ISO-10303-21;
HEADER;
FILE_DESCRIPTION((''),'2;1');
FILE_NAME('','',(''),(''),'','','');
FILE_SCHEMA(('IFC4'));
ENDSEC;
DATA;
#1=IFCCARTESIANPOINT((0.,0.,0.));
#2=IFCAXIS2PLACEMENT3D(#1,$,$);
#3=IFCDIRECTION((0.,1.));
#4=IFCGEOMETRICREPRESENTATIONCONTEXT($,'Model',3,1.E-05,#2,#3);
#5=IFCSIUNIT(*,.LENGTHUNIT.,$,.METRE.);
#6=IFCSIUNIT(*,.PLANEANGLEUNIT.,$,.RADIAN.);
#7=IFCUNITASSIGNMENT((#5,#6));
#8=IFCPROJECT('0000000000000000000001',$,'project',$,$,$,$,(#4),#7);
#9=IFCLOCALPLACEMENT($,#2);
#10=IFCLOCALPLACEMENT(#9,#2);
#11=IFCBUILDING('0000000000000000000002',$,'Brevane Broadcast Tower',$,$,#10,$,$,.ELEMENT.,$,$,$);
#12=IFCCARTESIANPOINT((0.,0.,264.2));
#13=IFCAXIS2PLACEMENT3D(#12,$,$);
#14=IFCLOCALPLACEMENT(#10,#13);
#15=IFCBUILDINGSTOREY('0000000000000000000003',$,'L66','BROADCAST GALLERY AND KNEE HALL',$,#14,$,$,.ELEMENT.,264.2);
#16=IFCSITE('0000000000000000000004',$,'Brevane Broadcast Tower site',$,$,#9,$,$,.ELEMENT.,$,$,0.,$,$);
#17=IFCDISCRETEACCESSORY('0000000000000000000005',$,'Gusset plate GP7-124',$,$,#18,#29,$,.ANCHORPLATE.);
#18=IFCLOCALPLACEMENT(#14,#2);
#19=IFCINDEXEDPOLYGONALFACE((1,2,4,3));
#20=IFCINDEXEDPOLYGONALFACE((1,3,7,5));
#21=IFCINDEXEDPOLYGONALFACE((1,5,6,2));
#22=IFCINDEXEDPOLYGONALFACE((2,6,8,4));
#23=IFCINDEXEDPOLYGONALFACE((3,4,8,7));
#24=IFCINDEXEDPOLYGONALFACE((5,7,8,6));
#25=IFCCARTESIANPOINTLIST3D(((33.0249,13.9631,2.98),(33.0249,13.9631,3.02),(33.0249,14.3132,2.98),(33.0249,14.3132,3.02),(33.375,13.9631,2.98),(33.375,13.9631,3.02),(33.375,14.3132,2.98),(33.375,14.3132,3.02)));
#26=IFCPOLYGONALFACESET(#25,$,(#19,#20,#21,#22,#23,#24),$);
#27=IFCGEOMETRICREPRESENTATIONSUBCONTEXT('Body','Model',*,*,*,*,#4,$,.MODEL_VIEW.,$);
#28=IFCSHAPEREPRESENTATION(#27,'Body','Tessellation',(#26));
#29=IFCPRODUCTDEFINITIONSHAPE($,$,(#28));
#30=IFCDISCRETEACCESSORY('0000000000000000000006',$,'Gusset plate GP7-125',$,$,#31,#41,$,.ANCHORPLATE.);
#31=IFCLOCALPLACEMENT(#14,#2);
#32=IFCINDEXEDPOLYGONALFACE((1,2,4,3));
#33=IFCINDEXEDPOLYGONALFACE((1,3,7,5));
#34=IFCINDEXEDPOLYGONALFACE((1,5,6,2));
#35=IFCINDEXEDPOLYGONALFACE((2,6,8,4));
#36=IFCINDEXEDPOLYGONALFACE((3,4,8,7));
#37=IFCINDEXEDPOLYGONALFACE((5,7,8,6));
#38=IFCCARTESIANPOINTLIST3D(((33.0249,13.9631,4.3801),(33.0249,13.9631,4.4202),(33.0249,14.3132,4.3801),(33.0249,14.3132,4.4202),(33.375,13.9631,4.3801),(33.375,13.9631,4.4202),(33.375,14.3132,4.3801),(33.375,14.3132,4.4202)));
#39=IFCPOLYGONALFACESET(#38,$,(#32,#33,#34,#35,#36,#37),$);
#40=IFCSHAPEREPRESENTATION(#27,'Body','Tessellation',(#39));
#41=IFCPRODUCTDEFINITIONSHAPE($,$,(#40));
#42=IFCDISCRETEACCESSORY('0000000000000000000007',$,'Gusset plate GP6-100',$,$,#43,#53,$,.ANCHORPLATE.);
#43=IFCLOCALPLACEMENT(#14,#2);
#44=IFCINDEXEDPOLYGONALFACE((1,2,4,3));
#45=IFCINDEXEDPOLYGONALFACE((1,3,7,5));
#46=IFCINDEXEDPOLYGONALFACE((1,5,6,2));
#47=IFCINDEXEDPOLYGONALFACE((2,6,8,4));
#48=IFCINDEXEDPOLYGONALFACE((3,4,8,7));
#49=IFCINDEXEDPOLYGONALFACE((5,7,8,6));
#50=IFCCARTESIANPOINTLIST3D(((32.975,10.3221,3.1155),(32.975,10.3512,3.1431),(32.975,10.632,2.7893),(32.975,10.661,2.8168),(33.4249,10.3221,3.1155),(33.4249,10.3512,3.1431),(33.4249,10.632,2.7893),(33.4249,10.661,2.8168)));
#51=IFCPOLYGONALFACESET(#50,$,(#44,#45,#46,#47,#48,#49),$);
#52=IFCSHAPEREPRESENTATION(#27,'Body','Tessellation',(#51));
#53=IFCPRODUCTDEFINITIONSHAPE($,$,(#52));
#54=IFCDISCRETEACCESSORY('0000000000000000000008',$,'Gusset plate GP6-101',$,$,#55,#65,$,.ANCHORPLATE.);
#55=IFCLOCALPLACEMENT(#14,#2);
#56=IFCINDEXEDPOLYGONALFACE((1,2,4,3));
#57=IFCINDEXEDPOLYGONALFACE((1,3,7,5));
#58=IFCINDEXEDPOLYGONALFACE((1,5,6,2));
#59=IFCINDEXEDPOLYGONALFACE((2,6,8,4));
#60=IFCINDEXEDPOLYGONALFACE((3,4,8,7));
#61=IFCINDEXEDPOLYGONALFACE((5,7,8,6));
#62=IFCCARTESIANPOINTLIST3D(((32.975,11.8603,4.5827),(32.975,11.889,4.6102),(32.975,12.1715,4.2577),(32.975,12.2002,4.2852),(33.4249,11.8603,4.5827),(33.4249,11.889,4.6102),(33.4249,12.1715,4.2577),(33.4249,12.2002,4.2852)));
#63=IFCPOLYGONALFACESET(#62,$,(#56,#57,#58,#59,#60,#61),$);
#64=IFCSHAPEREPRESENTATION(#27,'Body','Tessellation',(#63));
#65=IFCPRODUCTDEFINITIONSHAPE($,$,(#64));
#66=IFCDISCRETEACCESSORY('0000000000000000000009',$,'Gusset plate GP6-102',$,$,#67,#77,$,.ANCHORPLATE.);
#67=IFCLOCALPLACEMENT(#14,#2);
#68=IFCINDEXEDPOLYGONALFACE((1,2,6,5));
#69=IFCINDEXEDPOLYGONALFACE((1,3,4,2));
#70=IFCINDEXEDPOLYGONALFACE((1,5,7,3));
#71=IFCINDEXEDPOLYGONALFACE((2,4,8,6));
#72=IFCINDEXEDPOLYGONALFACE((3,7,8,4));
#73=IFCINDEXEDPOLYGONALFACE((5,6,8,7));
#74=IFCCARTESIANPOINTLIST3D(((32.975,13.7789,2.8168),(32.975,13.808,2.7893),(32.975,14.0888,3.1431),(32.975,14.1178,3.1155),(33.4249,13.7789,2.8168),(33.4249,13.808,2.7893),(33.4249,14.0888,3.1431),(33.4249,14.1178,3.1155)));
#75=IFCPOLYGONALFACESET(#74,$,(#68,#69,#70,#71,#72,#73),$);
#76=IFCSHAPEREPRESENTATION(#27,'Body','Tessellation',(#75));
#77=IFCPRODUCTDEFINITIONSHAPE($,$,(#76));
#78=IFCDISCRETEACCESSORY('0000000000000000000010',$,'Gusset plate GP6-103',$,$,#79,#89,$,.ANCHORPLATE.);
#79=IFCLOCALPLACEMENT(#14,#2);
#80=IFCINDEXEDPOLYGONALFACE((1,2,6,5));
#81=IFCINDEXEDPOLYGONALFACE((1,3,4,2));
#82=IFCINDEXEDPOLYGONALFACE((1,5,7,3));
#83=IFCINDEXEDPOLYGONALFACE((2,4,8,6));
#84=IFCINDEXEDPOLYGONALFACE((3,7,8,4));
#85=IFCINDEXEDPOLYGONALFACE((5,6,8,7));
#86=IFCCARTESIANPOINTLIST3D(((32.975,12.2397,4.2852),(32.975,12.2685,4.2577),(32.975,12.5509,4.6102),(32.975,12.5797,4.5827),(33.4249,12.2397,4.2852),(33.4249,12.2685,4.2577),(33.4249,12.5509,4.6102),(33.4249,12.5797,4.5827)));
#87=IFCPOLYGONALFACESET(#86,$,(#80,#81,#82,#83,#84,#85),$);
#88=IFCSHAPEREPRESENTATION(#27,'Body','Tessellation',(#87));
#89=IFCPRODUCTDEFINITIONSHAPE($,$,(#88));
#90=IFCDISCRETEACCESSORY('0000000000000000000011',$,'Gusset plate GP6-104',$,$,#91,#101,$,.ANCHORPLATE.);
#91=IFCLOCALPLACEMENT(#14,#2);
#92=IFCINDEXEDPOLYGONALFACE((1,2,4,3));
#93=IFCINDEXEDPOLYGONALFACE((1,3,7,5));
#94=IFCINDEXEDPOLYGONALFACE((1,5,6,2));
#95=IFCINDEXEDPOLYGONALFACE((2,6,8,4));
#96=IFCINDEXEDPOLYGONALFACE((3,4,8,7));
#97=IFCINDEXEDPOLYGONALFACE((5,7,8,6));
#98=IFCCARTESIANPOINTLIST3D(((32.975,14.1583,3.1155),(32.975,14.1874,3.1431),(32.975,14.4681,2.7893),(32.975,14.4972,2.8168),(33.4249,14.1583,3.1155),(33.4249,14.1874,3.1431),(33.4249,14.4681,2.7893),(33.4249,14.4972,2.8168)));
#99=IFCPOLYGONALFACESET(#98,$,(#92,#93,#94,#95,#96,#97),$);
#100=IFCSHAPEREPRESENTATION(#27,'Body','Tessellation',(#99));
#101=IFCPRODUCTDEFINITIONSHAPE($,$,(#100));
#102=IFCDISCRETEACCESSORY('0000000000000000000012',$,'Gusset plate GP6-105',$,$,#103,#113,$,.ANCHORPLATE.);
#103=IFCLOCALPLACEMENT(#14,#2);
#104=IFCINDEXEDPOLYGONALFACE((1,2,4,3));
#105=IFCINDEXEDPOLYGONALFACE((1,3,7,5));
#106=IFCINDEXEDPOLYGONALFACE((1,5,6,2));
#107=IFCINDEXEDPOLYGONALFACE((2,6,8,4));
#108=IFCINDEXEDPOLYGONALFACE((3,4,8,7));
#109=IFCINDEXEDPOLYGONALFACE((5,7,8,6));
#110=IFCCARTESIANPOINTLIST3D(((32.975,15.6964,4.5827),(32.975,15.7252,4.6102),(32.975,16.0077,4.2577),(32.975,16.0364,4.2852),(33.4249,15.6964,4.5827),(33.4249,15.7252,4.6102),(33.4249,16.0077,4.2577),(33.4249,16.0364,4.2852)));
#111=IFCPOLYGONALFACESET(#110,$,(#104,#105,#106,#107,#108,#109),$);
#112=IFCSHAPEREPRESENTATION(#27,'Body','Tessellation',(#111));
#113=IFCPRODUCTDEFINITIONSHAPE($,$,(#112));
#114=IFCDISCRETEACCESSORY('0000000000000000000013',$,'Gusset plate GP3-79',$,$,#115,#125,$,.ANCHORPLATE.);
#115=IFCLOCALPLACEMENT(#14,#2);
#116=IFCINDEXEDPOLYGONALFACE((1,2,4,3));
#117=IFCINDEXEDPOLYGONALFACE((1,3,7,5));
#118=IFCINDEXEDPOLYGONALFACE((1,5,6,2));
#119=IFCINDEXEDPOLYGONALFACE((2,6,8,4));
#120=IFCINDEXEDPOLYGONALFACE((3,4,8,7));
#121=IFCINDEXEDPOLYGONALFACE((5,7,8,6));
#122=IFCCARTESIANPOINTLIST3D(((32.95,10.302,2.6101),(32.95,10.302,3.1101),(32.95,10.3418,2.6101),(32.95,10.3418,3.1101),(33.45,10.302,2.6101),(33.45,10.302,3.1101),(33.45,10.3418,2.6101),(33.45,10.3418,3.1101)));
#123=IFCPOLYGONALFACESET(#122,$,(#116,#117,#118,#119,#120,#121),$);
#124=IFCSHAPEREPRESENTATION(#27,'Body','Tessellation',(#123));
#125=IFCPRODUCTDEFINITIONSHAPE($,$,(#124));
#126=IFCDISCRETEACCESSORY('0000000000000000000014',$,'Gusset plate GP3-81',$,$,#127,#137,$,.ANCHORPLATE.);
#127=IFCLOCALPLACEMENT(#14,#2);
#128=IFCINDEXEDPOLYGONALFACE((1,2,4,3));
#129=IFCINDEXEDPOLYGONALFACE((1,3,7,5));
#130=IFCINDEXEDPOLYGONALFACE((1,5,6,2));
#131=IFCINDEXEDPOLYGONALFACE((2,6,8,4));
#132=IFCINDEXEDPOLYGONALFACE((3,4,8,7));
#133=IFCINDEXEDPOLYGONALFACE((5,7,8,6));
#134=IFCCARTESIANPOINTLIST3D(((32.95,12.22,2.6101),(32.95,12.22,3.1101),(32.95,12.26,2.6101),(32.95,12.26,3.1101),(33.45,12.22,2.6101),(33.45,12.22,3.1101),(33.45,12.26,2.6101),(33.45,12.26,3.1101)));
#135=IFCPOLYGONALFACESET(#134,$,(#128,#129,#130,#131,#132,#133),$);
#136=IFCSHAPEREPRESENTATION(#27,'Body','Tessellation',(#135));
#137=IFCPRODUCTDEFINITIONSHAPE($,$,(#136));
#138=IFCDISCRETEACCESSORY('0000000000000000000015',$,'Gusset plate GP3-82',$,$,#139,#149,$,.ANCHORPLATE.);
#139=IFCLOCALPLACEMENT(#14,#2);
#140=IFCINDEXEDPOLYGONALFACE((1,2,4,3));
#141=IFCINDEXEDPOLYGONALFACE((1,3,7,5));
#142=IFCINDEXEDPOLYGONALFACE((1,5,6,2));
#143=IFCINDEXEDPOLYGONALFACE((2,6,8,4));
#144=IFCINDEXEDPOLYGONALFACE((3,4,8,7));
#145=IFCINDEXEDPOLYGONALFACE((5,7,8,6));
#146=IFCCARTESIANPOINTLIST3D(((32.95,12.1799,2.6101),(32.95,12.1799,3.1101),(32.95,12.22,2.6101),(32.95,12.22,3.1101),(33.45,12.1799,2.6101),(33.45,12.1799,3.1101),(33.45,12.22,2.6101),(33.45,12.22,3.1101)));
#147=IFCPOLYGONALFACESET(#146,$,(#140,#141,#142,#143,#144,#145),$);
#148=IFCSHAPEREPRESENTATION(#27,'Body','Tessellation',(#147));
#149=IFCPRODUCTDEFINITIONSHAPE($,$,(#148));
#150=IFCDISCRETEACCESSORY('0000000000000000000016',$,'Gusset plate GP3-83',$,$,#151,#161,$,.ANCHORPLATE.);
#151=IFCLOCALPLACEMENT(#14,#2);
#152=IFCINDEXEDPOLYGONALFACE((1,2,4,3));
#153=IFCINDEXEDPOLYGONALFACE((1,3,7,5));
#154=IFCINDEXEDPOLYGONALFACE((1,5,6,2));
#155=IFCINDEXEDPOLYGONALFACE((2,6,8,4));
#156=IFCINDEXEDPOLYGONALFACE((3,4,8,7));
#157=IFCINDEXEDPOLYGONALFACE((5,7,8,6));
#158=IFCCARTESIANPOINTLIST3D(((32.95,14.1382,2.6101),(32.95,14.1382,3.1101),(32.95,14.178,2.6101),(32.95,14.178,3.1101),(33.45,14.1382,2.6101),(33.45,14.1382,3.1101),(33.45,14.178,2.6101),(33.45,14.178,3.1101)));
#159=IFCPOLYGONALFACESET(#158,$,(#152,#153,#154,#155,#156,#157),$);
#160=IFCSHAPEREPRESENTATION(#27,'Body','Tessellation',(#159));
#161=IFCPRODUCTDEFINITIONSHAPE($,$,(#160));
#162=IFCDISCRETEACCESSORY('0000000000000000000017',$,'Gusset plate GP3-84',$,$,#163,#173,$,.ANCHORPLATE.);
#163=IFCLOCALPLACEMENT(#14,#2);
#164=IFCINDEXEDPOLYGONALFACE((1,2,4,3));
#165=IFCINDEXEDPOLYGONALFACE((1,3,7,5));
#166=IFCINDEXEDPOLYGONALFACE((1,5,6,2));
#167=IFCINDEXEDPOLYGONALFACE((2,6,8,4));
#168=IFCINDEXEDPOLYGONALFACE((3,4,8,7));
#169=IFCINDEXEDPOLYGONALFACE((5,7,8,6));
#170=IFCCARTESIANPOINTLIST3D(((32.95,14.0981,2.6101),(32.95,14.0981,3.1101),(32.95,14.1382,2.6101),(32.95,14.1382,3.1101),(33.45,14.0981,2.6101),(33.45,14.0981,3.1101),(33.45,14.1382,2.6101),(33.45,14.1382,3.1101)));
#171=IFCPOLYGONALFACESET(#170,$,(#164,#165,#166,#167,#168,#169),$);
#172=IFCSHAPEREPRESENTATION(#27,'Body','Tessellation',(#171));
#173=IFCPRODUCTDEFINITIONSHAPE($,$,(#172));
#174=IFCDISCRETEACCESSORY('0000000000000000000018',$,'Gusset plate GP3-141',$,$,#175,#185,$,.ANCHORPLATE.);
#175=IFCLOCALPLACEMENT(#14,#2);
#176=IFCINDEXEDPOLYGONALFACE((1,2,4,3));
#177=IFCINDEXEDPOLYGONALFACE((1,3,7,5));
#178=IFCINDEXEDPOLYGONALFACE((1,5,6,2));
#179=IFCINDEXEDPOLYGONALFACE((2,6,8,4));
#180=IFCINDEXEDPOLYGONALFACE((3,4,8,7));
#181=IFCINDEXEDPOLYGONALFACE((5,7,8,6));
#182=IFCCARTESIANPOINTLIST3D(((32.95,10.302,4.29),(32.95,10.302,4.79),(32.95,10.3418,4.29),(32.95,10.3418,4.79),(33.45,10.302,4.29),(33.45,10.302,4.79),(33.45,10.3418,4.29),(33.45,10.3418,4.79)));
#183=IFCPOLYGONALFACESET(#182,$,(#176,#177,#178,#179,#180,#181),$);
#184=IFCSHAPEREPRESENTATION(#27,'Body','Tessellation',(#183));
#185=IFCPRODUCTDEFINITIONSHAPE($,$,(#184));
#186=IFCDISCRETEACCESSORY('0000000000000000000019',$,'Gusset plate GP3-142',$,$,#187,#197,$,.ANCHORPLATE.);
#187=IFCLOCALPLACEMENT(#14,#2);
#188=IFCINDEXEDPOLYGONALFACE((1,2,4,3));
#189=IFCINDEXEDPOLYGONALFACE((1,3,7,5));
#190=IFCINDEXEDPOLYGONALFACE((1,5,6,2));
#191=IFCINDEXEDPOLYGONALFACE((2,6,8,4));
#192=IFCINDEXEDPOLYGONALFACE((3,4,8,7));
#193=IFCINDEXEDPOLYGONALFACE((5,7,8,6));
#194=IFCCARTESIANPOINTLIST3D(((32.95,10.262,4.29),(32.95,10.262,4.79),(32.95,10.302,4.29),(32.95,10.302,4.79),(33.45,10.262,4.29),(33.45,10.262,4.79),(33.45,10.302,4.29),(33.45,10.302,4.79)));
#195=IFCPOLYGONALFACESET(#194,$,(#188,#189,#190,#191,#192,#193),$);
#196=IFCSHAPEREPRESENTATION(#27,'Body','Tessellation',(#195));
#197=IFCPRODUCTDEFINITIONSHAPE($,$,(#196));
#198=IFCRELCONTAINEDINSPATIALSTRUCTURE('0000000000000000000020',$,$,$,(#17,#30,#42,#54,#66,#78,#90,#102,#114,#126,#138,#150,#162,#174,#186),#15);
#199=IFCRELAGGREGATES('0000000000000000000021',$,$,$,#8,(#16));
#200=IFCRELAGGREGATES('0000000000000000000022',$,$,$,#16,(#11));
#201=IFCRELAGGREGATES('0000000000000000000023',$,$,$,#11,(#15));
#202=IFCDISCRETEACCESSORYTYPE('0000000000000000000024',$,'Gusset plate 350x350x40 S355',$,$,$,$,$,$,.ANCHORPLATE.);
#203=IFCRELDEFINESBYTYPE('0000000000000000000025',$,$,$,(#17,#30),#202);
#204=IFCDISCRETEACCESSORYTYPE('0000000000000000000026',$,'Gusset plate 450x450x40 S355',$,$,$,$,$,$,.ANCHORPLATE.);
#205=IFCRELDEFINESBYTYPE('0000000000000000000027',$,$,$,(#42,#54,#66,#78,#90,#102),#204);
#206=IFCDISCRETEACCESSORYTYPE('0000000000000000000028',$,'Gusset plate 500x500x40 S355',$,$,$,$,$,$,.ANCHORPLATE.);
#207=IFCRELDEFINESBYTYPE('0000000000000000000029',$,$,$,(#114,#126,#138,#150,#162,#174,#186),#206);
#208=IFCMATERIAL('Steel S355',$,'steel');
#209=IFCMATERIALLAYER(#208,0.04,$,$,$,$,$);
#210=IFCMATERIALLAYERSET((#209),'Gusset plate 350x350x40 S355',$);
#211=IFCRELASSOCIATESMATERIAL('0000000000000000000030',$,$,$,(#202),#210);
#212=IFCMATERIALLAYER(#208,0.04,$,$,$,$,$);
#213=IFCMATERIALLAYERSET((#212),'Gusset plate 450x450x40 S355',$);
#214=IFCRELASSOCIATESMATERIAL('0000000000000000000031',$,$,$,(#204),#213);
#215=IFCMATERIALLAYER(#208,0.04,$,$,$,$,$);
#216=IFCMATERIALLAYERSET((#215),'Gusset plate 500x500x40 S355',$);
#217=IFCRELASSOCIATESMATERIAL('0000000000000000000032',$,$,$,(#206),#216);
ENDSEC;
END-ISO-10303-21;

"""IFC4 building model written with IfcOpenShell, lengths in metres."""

from ifc_helpers import new_model, si_unit, direction, frame, origin, origin_2d, place, context, subcontext, project, spatial, rectangle, extrude, material, layer, layer_set, type_object, element, save


model = new_model("IFC4")

# Units and contexts
model_context = context("Model", 3, precision=1e-05, world=origin(), true_north=direction((0.0, 1.0)))
body_context = subcontext(model_context, "Body", "Model", "MODEL_VIEW")
ifc_project = project(units=[si_unit("LENGTHUNIT", "METRE"), si_unit("PLANEANGLEUNIT", "RADIAN")], contexts=[model_context])

# Site, building, storey
site_placement = place(None, origin())
site = spatial("IfcSite", under=ifc_project, at=site_placement, Name="Brevane Broadcast Tower site", CompositionType="ELEMENT", RefElevation=0.0)
building_placement = place(site_placement, origin())
building = spatial("IfcBuilding", under=site, at=building_placement, Name="Brevane Broadcast Tower", CompositionType="ELEMENT")
storey_placement = place(building_placement, frame((0.0, 0.0, 264.2)))
storey = spatial("IfcBuildingStorey", under=building, at=storey_placement, Name="L66", Description="BROADCAST GALLERY AND KNEE HALL", CompositionType="ELEMENT", Elevation=264.2)

# Shared definitions
ifc_material = material(Name="Steel S355", Category="steel")

# Discrete accessories
ifc_layer_1 = layer(ifc_material, 0.04)
ifc_layer_set_1 = layer_set([ifc_layer_1], Name="Gusset plate 350x350x40 S355")
discrete_accessory_type_1 = type_object("IfcDiscreteAccessoryType", Name="Gusset plate 350x350x40 S355", PredefinedType="ANCHORPLATE", material=ifc_layer_set_1)
for number, where, z_axis, x_axis, name in (
    (1, (33.2, 14.1382, 2.98), (0.0, 0.0, 1.0), (1.0, 0.0, 0.0), "Gusset plate GP7-124"),
    (2, (33.2, 14.1382, 4.3801), (0.0, 0.0, 1.0), (1.0, 0.0, 0.0), "Gusset plate GP7-125"),
):
    element("IfcDiscreteAccessory", number, at=place(storey_placement, frame(where, z_axis=z_axis, x_axis=x_axis)), inside=storey, type_object=discrete_accessory_type_1, Name=name, PredefinedType="ANCHORPLATE", context=body_context, shape_type="SweptSolid", body=[
        extrude(rectangle(XDim=0.3501, YDim=0.3501, at=origin_2d()), origin(), (0.0, 0.0, 1.0), 0.04),
    ])
ifc_layer_2 = layer(ifc_material, 0.04)
ifc_layer_set_2 = layer_set([ifc_layer_2], Name="Gusset plate 450x450x40 S355")
discrete_accessory_type_2 = type_object("IfcDiscreteAccessoryType", Name="Gusset plate 450x450x40 S355", PredefinedType="ANCHORPLATE", material=ifc_layer_set_2)
discrete_accessory_1_placement = place(storey_placement, frame((33.2, 10.4771, 2.9524), z_axis=(0.0, 0.725152, 0.688589), x_axis=(-1.0, 0.0, 0.0)))
element("IfcDiscreteAccessory", 3, at=discrete_accessory_1_placement, inside=storey, type_object=discrete_accessory_type_2, Name="Gusset plate GP6-100", PredefinedType="ANCHORPLATE", context=body_context, shape_type="SweptSolid", body=[
    extrude(rectangle(XDim=0.45, YDim=0.45, at=origin_2d()), origin(), (0.0, 0.0, 1.0), 0.04),
])
discrete_accessory_2_placement = place(storey_placement, frame((33.2, 12.0159, 4.4202), z_axis=(0.0, 0.722243, 0.691639), x_axis=(-1.0, 0.0, 0.0)))
element("IfcDiscreteAccessory", 4, at=discrete_accessory_2_placement, inside=storey, type_object=discrete_accessory_type_2, Name="Gusset plate GP6-101", PredefinedType="ANCHORPLATE", context=body_context, shape_type="SweptSolid", body=[
    extrude(rectangle(XDim=0.45, YDim=0.45, at=origin_2d()), origin(), (0.0, 0.0, 1.0), 0.0398),
])
discrete_accessory_3_placement = place(storey_placement, frame((33.2, 13.9629, 2.9524), z_axis=(0.0, -0.725152, 0.688589), x_axis=(1.0, 0.0, 0.0)))
element("IfcDiscreteAccessory", 5, at=discrete_accessory_3_placement, inside=storey, type_object=discrete_accessory_type_2, Name="Gusset plate GP6-102", PredefinedType="ANCHORPLATE", context=body_context, shape_type="SweptSolid", body=[
    extrude(rectangle(XDim=0.45, YDim=0.45, at=origin_2d()), origin(), (0.0, 0.0, 1.0), 0.04),
])
discrete_accessory_4_placement = place(storey_placement, frame((33.2, 12.4241, 4.4202), z_axis=(0.0, -0.722243, 0.691639), x_axis=(1.0, 0.0, 0.0)))
element("IfcDiscreteAccessory", 6, at=discrete_accessory_4_placement, inside=storey, type_object=discrete_accessory_type_2, Name="Gusset plate GP6-103", PredefinedType="ANCHORPLATE", context=body_context, shape_type="SweptSolid", body=[
    extrude(rectangle(XDim=0.45, YDim=0.45, at=origin_2d()), origin(), (0.0, 0.0, 1.0), 0.0398),
])
discrete_accessory_5_placement = place(storey_placement, frame((33.2, 14.3132, 2.9524), z_axis=(0.0, 0.725152, 0.688589), x_axis=(-1.0, 0.0, 0.0)))
element("IfcDiscreteAccessory", 7, at=discrete_accessory_5_placement, inside=storey, type_object=discrete_accessory_type_2, Name="Gusset plate GP6-104", PredefinedType="ANCHORPLATE", context=body_context, shape_type="SweptSolid", body=[
    extrude(rectangle(XDim=0.45, YDim=0.45, at=origin_2d()), origin(), (0.0, 0.0, 1.0), 0.04),
])
discrete_accessory_6_placement = place(storey_placement, frame((33.2, 15.8521, 4.4202), z_axis=(0.0, 0.722243, 0.691639), x_axis=(-1.0, 0.0, 0.0)))
element("IfcDiscreteAccessory", 8, at=discrete_accessory_6_placement, inside=storey, type_object=discrete_accessory_type_2, Name="Gusset plate GP6-105", PredefinedType="ANCHORPLATE", context=body_context, shape_type="SweptSolid", body=[
    extrude(rectangle(XDim=0.45, YDim=0.45, at=origin_2d()), origin(), (0.0, 0.0, 1.0), 0.0398),
])
ifc_layer_3 = layer(ifc_material, 0.04)
ifc_layer_set_3 = layer_set([ifc_layer_3], Name="Gusset plate 500x500x40 S355")
discrete_accessory_type_3 = type_object("IfcDiscreteAccessoryType", Name="Gusset plate 500x500x40 S355", PredefinedType="ANCHORPLATE", material=ifc_layer_set_3)
discrete_accessory_7_placement = place(storey_placement, frame((33.2, 10.302, 2.8601), z_axis=(0.0, 1.0, 0.0), x_axis=(-1.0, 0.0, 0.0)))
element("IfcDiscreteAccessory", 9, at=discrete_accessory_7_placement, inside=storey, type_object=discrete_accessory_type_3, Name="Gusset plate GP3-79", PredefinedType="ANCHORPLATE", context=body_context, shape_type="SweptSolid", body=[
    extrude(rectangle(XDim=0.5, YDim=0.5, at=origin_2d()), origin(), (0.0, 0.0, 1.0), 0.0398),
])
for number, where, z_axis, x_axis, name in (
    (10, (33.2, 12.22, 2.8601), (0.0, 1.0, 0.0), (-1.0, 0.0, 0.0), "Gusset plate GP3-81"),
    (11, (33.2, 12.1799, 2.8601), (0.0, 1.0, 0.0), (-1.0, 0.0, 0.0), "Gusset plate GP3-82"),
):
    element("IfcDiscreteAccessory", number, at=place(storey_placement, frame(where, z_axis=z_axis, x_axis=x_axis)), inside=storey, type_object=discrete_accessory_type_3, Name=name, PredefinedType="ANCHORPLATE", context=body_context, shape_type="SweptSolid", body=[
        extrude(rectangle(XDim=0.5, YDim=0.5, at=origin_2d()), origin(), (0.0, 0.0, 1.0), 0.04),
    ])
discrete_accessory_8_placement = place(storey_placement, frame((33.2, 14.1382, 2.8601), z_axis=(0.0, 1.0, 0.0), x_axis=(-1.0, 0.0, 0.0)))
element("IfcDiscreteAccessory", 12, at=discrete_accessory_8_placement, inside=storey, type_object=discrete_accessory_type_3, Name="Gusset plate GP3-83", PredefinedType="ANCHORPLATE", context=body_context, shape_type="SweptSolid", body=[
    extrude(rectangle(XDim=0.5, YDim=0.5, at=origin_2d()), origin(), (0.0, 0.0, 1.0), 0.0398),
])
discrete_accessory_9_placement = place(storey_placement, frame((33.2, 14.0981, 2.8601), z_axis=(0.0, 1.0, 0.0), x_axis=(-1.0, 0.0, 0.0)))
element("IfcDiscreteAccessory", 13, at=discrete_accessory_9_placement, inside=storey, type_object=discrete_accessory_type_3, Name="Gusset plate GP3-84", PredefinedType="ANCHORPLATE", context=body_context, shape_type="SweptSolid", body=[
    extrude(rectangle(XDim=0.5, YDim=0.5, at=origin_2d()), origin(), (0.0, 0.0, 1.0), 0.04),
])
discrete_accessory_10_placement = place(storey_placement, frame((33.2, 10.302, 4.54), z_axis=(0.0, 1.0, 0.0), x_axis=(-1.0, 0.0, 0.0)))
element("IfcDiscreteAccessory", 14, at=discrete_accessory_10_placement, inside=storey, type_object=discrete_accessory_type_3, Name="Gusset plate GP3-141", PredefinedType="ANCHORPLATE", context=body_context, shape_type="SweptSolid", body=[
    extrude(rectangle(XDim=0.5, YDim=0.5, at=origin_2d()), origin(), (0.0, 0.0, 1.0), 0.0398),
])
for number, where, z_axis, x_axis, name in (
    (15, (33.2, 10.262, 4.54), (0.0, 1.0, 0.0), (-1.0, 0.0, 0.0), "Gusset plate GP3-142"),
):
    element("IfcDiscreteAccessory", number, at=place(storey_placement, frame(where, z_axis=z_axis, x_axis=x_axis)), inside=storey, type_object=discrete_accessory_type_3, Name=name, PredefinedType="ANCHORPLATE", context=body_context, shape_type="SweptSolid", body=[
        extrude(rectangle(XDim=0.5, YDim=0.5, at=origin_2d()), origin(), (0.0, 0.0, 1.0), 0.04),
    ])

save(model, "model.ifc")
